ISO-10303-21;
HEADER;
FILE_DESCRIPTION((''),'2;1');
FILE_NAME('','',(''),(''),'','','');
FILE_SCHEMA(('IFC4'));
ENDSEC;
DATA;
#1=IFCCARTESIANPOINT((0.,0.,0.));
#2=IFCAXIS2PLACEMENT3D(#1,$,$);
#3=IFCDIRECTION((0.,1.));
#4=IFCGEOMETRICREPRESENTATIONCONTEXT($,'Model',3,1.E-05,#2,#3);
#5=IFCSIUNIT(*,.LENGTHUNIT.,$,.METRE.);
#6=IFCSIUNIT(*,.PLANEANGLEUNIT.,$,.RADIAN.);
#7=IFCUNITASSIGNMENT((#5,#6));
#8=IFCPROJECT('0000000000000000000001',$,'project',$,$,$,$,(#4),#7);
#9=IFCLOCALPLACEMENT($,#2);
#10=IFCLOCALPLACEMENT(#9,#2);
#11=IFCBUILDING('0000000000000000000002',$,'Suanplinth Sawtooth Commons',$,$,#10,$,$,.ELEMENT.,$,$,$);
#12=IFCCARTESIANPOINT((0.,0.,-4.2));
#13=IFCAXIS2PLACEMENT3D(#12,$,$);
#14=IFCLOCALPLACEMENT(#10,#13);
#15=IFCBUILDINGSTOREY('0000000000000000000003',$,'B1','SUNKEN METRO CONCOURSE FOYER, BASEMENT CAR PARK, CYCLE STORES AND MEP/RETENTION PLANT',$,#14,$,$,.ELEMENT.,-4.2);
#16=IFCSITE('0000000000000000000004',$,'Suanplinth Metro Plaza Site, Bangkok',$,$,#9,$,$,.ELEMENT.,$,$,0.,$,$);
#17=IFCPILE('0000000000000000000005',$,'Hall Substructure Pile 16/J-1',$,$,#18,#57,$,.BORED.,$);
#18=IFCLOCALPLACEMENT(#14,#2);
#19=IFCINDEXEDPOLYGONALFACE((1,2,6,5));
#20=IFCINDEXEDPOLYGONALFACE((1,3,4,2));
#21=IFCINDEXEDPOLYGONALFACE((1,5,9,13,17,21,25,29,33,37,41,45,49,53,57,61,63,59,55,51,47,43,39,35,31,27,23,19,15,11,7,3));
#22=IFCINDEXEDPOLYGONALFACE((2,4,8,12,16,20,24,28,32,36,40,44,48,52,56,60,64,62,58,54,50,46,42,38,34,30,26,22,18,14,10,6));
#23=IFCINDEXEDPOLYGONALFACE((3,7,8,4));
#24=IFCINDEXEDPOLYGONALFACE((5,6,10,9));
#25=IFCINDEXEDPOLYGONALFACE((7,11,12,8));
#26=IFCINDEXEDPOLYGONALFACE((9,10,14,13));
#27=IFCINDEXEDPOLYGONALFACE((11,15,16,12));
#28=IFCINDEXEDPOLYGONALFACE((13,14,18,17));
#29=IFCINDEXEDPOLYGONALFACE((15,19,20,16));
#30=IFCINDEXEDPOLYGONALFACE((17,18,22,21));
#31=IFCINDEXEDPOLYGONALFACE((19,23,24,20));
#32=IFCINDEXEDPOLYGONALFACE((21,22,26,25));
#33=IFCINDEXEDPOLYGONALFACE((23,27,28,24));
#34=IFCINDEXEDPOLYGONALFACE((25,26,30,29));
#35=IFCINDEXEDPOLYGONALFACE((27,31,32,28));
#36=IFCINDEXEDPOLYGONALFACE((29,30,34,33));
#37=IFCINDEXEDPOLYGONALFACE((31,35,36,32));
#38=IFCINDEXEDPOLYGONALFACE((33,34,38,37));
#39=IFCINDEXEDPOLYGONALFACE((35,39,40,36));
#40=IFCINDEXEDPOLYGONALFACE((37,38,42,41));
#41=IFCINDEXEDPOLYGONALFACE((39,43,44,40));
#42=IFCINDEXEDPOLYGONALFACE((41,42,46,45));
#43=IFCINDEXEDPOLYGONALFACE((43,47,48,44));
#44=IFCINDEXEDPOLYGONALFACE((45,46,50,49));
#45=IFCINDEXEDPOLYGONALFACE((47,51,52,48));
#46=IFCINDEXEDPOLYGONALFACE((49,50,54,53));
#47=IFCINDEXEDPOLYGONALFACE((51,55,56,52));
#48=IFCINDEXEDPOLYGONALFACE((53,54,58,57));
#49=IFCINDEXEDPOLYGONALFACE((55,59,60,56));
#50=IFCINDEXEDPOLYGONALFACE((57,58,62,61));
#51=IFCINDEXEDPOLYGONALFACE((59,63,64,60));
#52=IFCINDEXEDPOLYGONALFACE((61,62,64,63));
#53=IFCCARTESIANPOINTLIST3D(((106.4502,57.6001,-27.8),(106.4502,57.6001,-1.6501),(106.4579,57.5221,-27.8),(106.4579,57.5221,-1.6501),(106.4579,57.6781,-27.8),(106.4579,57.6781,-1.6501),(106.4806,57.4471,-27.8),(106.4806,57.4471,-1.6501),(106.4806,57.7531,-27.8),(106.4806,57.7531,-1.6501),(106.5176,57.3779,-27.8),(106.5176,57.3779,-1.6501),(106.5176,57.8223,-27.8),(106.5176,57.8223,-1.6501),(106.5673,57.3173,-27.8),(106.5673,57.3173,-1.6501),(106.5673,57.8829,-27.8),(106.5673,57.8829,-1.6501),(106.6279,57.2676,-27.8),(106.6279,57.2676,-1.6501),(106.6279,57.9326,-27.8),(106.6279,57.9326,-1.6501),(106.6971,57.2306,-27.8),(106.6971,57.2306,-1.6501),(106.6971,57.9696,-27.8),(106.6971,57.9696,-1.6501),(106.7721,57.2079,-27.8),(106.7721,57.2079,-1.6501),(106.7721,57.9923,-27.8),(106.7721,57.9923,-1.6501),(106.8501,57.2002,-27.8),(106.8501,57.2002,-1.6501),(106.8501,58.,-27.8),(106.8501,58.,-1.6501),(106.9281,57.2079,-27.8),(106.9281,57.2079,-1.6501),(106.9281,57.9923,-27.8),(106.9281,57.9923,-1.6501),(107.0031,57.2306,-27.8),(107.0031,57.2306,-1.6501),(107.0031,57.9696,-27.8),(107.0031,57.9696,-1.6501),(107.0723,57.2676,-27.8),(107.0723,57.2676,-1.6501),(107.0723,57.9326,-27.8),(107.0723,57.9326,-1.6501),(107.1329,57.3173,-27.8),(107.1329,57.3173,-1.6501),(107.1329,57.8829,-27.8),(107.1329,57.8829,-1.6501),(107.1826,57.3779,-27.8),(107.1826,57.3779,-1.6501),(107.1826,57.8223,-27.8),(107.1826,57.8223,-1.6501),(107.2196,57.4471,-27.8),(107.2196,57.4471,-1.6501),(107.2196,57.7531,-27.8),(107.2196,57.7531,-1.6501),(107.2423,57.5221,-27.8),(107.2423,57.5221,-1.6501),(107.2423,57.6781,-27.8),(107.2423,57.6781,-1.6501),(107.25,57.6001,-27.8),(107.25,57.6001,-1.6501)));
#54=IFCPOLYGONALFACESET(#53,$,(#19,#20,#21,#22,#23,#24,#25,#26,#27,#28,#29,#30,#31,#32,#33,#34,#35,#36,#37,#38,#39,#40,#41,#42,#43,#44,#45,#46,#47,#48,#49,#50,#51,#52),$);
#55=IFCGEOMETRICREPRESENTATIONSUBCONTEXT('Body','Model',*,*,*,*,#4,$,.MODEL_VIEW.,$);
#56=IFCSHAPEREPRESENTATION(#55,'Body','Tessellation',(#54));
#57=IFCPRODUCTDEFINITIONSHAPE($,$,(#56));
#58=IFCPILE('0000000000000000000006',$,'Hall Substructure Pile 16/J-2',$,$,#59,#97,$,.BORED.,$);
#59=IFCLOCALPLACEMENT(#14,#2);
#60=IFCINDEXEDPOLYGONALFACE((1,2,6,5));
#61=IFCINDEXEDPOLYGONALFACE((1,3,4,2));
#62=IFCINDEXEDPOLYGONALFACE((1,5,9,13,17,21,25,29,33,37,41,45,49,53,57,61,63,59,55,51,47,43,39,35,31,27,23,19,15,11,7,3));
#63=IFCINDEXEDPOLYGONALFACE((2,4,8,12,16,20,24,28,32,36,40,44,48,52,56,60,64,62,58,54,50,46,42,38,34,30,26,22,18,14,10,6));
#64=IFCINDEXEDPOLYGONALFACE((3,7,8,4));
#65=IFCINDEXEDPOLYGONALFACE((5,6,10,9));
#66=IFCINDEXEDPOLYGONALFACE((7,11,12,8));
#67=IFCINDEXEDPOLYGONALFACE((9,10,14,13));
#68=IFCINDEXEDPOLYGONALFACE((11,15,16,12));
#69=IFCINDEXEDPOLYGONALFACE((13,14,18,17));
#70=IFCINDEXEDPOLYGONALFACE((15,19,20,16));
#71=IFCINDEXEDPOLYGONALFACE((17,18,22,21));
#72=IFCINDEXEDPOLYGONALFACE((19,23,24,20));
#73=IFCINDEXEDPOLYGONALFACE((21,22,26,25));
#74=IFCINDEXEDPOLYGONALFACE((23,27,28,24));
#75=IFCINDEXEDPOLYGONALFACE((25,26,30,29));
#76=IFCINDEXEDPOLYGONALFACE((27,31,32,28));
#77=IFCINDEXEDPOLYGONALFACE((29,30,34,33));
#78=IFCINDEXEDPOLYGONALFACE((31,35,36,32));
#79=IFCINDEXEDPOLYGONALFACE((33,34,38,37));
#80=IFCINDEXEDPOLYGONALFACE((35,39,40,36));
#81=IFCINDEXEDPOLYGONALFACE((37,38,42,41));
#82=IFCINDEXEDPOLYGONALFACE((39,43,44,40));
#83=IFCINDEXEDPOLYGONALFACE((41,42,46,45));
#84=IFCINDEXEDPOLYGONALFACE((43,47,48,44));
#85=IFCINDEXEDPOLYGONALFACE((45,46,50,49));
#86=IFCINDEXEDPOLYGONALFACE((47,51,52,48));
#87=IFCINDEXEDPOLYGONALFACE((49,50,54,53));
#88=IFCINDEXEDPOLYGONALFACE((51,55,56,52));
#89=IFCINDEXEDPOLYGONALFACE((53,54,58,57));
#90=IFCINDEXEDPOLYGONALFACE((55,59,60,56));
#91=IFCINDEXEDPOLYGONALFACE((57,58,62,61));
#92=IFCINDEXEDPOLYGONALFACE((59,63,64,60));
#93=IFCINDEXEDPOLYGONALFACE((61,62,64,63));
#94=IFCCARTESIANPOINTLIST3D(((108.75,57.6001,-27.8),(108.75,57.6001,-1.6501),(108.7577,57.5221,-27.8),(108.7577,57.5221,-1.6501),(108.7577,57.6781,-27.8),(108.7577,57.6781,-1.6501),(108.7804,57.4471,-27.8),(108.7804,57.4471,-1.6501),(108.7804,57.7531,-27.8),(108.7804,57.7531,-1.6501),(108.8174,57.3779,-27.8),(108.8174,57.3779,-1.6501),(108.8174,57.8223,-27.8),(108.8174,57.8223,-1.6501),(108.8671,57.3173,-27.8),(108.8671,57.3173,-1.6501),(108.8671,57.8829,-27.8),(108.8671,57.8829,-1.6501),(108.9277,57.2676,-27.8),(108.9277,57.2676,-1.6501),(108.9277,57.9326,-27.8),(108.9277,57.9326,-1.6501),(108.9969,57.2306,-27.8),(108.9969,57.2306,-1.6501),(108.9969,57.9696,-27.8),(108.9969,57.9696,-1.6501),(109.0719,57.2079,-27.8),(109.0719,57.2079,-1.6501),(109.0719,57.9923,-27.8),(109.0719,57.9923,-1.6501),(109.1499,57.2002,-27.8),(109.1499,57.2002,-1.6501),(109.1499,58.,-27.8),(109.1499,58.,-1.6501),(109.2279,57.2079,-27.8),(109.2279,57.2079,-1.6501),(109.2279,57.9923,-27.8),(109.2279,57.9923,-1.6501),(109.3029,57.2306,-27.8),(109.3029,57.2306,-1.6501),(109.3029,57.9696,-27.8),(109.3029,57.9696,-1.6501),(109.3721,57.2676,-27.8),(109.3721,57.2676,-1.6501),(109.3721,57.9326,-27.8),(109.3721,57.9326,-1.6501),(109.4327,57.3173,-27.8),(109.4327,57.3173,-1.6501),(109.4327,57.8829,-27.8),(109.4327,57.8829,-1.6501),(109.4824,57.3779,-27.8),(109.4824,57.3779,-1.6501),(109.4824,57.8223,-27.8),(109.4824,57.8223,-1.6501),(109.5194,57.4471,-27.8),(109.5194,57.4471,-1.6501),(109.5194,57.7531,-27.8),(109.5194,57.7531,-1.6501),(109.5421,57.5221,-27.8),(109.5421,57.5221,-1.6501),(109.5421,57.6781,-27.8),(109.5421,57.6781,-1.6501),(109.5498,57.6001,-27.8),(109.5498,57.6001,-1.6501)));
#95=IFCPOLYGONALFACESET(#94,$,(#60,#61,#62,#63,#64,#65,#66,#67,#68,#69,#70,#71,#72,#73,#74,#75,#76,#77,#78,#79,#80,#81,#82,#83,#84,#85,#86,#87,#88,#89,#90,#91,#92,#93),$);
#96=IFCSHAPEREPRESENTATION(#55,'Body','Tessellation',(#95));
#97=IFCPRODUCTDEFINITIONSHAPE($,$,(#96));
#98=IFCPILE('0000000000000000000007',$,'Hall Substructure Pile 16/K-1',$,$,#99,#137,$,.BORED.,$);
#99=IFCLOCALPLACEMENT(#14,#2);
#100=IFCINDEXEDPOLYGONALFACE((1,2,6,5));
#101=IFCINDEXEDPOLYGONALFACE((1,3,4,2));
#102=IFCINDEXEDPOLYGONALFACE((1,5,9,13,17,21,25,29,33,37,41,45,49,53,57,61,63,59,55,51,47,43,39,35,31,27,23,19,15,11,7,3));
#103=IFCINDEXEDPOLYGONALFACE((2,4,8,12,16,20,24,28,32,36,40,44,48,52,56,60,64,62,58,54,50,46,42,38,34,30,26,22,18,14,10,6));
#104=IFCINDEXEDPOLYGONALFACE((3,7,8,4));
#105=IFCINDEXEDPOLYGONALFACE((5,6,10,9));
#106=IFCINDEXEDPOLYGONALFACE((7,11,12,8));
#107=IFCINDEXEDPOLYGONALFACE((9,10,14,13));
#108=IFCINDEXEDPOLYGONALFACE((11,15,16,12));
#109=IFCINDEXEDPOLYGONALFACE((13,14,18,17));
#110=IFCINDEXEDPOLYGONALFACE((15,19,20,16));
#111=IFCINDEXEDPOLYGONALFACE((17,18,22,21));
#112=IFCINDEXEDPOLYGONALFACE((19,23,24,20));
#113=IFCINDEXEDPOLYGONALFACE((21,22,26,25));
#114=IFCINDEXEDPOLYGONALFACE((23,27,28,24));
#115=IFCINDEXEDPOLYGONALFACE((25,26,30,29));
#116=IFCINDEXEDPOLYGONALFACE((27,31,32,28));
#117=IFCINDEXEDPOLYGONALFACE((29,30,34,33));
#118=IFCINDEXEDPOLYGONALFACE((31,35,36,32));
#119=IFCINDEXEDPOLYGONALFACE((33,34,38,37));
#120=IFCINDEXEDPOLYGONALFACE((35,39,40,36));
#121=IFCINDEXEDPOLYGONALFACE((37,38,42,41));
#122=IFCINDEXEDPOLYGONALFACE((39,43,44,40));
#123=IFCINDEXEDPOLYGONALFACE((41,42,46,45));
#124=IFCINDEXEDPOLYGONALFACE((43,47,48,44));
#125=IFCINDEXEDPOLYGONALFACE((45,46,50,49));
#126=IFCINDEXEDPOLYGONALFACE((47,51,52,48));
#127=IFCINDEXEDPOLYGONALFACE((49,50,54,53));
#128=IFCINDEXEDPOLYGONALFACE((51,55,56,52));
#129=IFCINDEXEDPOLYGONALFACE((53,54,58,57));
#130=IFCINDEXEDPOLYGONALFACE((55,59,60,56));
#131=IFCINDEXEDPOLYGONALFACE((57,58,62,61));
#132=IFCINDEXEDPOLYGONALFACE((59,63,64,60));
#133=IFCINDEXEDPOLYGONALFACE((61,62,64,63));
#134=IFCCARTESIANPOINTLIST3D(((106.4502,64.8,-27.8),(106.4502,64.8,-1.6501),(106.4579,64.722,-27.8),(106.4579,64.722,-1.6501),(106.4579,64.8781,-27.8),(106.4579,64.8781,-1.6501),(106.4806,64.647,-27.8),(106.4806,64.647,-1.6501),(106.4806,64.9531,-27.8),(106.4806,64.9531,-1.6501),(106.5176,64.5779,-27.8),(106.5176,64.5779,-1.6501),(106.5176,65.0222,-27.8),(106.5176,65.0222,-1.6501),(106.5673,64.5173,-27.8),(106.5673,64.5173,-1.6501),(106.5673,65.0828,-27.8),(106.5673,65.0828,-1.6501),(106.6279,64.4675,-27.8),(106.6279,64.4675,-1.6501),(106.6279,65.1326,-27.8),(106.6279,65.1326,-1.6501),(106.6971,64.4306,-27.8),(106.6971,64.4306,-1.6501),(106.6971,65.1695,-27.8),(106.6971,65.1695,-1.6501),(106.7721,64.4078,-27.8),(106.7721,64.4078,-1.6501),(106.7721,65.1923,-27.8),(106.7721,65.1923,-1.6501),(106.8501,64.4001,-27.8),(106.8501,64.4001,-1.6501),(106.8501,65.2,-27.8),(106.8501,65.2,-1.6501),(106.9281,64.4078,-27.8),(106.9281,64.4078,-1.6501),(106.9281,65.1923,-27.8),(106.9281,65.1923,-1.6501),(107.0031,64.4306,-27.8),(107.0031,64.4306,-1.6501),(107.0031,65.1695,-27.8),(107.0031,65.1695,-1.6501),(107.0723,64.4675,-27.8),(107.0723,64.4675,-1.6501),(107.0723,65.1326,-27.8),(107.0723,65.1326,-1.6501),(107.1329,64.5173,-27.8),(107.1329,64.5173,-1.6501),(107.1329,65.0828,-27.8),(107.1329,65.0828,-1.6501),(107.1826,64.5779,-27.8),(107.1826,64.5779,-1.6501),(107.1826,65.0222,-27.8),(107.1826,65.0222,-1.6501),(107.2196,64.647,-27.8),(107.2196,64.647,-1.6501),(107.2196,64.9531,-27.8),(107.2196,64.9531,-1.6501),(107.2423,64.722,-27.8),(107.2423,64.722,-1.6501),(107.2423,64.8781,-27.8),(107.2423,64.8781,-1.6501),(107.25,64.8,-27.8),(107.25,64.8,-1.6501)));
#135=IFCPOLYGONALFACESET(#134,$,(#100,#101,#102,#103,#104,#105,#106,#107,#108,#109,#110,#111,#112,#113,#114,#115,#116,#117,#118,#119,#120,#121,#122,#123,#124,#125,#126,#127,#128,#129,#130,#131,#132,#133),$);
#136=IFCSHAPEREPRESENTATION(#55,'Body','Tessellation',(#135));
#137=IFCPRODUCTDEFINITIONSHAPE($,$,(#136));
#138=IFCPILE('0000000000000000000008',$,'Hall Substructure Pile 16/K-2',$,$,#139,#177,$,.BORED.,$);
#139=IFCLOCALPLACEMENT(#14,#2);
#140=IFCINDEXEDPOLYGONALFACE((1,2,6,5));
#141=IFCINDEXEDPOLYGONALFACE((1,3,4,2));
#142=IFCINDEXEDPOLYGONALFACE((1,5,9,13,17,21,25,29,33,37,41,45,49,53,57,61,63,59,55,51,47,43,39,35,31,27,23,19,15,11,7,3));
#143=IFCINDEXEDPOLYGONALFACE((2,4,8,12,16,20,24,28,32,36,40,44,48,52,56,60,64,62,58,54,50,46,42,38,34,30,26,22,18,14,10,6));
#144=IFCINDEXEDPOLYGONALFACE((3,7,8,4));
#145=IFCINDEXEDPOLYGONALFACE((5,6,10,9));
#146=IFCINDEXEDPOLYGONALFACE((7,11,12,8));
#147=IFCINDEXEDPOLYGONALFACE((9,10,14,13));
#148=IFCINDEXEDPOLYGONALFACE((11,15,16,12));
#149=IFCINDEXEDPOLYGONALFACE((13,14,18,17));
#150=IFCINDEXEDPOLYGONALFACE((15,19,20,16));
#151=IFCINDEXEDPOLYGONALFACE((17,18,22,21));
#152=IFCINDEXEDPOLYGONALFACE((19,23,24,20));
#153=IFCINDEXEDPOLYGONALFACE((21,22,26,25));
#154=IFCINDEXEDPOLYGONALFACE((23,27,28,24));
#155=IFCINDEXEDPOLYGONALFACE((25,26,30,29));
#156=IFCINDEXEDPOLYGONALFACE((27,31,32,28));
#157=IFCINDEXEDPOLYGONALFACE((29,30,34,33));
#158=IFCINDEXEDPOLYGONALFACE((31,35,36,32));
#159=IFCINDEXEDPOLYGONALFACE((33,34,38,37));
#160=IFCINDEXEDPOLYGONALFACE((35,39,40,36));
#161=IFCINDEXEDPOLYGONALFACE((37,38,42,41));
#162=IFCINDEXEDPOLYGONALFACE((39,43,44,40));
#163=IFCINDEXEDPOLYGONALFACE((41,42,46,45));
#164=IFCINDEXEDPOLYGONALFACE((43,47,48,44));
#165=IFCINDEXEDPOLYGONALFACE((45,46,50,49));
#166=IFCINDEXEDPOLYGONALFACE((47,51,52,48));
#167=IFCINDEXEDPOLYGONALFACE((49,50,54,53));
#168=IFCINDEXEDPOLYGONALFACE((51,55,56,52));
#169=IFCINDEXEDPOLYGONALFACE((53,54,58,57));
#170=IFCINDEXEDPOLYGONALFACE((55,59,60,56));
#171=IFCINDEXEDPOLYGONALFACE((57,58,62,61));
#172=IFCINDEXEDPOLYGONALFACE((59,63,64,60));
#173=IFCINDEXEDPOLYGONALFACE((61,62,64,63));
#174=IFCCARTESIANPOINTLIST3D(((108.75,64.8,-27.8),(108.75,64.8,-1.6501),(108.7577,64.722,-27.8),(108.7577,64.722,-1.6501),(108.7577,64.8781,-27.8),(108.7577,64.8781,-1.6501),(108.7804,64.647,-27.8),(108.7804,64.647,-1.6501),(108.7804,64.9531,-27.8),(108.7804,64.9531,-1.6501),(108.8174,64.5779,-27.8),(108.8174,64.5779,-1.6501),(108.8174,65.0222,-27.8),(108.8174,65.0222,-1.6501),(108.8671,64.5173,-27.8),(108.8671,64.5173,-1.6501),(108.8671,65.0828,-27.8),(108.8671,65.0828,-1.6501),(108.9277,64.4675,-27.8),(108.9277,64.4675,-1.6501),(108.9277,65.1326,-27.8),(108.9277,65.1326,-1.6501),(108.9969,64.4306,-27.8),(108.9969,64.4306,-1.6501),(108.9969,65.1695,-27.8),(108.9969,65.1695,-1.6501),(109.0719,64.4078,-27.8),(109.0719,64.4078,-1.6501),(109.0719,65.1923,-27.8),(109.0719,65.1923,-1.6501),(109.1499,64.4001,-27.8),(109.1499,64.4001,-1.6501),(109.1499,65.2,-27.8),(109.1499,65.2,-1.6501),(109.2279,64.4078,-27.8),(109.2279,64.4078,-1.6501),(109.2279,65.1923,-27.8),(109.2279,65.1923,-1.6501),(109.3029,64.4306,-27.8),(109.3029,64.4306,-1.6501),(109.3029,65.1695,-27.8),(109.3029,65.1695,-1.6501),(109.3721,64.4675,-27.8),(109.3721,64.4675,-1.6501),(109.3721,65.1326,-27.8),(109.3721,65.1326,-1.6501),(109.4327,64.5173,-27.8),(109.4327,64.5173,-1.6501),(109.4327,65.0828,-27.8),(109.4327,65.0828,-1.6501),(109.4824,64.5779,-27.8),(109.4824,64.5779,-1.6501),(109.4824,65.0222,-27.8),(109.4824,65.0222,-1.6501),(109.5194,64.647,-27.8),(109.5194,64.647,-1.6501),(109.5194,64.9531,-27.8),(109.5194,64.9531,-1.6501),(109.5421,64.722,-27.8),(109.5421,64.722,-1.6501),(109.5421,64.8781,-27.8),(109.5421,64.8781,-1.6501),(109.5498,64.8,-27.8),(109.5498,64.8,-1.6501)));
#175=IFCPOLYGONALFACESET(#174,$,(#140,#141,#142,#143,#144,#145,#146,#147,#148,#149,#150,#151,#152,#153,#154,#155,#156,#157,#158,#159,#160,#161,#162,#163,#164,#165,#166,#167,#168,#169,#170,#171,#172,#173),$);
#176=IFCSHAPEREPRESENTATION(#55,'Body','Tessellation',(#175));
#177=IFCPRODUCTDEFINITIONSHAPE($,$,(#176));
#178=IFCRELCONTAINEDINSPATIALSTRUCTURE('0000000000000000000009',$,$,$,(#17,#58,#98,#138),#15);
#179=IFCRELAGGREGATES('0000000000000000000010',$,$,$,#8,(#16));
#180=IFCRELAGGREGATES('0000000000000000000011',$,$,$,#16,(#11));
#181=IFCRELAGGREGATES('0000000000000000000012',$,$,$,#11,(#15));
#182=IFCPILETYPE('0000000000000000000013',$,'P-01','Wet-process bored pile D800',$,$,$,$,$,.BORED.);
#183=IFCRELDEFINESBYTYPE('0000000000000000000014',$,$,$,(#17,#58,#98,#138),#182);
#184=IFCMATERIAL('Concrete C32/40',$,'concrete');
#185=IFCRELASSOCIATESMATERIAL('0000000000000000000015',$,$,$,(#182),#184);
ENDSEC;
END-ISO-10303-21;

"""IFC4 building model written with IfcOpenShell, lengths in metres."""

from ifc_helpers import new_model, si_unit, direction, frame, origin, origin_2d, place, context, subcontext, project, spatial, circle, extrude, material, material_profile, profile_set, type_object, element, save


model = new_model("IFC4")

# Units and contexts
model_context = context("Model", 3, precision=1e-05, world=origin(), true_north=direction((0.0, 1.0)))
body_context = subcontext(model_context, "Body", "Model", "MODEL_VIEW")
ifc_project = project(units=[si_unit("LENGTHUNIT", "METRE"), si_unit("PLANEANGLEUNIT", "RADIAN")], contexts=[model_context])

# Site, building, storey
site_placement = place(None, origin())
site = spatial("IfcSite", under=ifc_project, at=site_placement, Name="Suanplinth Metro Plaza Site, Bangkok", CompositionType="ELEMENT", RefElevation=0.0)
building_placement = place(site_placement, origin())
building = spatial("IfcBuilding", under=site, at=building_placement, Name="Suanplinth Sawtooth Commons", CompositionType="ELEMENT")
storey_placement = place(building_placement, frame((0.0, 0.0, -4.2)))
storey = spatial("IfcBuildingStorey", under=building, at=storey_placement, Name="B1", Description="SUNKEN METRO CONCOURSE FOYER, BASEMENT CAR PARK, CYCLE STORES AND MEP/RETENTION PLANT", CompositionType="ELEMENT", Elevation=-4.2)

# Piles
ifc_material_1 = material(Name="Concrete C32/40", Category="concrete")
ifc_material_profile_1 = material_profile(ifc_material_1, circle(Radius=0.3999, at=origin_2d()), Name="PILE D800")
ifc_profile_set_1 = profile_set([ifc_material_profile_1], Name="Concrete C32/40")
pile_type_1 = type_object("IfcPileType", Name="P-01", Description="Wet-process bored pile D800", PredefinedType="BORED", material=ifc_profile_set_1)
for number, where, z_axis, x_axis, name in (
    (1, (106.8501, 57.6001, -1.6501), (0.0, 0.0, -1.0), (1.0, 0.0, 0.0), "Hall Substructure Pile 16/J-1"),
    (2, (109.1499, 57.6001, -1.6501), (0.0, 0.0, -1.0), (1.0, 0.0, 0.0), "Hall Substructure Pile 16/J-2"),
    (3, (106.8501, 64.8, -1.6501), (0.0, 0.0, -1.0), (1.0, 0.0, 0.0), "Hall Substructure Pile 16/K-1"),
    (4, (109.1499, 64.8, -1.6501), (0.0, 0.0, -1.0), (1.0, 0.0, 0.0), "Hall Substructure Pile 16/K-2"),
):
    element("IfcPile", number, at=place(storey_placement, frame(where, z_axis=z_axis, x_axis=x_axis)), inside=storey, type_object=pile_type_1, Name=name, PredefinedType="BORED", context=body_context, shape_type="SweptSolid", body=[
        extrude(circle(Radius=0.3999, at=origin_2d()), origin(), (0.0, 0.0, 1.0), 26.1499),
    ])

save(model, "model.ifc")
